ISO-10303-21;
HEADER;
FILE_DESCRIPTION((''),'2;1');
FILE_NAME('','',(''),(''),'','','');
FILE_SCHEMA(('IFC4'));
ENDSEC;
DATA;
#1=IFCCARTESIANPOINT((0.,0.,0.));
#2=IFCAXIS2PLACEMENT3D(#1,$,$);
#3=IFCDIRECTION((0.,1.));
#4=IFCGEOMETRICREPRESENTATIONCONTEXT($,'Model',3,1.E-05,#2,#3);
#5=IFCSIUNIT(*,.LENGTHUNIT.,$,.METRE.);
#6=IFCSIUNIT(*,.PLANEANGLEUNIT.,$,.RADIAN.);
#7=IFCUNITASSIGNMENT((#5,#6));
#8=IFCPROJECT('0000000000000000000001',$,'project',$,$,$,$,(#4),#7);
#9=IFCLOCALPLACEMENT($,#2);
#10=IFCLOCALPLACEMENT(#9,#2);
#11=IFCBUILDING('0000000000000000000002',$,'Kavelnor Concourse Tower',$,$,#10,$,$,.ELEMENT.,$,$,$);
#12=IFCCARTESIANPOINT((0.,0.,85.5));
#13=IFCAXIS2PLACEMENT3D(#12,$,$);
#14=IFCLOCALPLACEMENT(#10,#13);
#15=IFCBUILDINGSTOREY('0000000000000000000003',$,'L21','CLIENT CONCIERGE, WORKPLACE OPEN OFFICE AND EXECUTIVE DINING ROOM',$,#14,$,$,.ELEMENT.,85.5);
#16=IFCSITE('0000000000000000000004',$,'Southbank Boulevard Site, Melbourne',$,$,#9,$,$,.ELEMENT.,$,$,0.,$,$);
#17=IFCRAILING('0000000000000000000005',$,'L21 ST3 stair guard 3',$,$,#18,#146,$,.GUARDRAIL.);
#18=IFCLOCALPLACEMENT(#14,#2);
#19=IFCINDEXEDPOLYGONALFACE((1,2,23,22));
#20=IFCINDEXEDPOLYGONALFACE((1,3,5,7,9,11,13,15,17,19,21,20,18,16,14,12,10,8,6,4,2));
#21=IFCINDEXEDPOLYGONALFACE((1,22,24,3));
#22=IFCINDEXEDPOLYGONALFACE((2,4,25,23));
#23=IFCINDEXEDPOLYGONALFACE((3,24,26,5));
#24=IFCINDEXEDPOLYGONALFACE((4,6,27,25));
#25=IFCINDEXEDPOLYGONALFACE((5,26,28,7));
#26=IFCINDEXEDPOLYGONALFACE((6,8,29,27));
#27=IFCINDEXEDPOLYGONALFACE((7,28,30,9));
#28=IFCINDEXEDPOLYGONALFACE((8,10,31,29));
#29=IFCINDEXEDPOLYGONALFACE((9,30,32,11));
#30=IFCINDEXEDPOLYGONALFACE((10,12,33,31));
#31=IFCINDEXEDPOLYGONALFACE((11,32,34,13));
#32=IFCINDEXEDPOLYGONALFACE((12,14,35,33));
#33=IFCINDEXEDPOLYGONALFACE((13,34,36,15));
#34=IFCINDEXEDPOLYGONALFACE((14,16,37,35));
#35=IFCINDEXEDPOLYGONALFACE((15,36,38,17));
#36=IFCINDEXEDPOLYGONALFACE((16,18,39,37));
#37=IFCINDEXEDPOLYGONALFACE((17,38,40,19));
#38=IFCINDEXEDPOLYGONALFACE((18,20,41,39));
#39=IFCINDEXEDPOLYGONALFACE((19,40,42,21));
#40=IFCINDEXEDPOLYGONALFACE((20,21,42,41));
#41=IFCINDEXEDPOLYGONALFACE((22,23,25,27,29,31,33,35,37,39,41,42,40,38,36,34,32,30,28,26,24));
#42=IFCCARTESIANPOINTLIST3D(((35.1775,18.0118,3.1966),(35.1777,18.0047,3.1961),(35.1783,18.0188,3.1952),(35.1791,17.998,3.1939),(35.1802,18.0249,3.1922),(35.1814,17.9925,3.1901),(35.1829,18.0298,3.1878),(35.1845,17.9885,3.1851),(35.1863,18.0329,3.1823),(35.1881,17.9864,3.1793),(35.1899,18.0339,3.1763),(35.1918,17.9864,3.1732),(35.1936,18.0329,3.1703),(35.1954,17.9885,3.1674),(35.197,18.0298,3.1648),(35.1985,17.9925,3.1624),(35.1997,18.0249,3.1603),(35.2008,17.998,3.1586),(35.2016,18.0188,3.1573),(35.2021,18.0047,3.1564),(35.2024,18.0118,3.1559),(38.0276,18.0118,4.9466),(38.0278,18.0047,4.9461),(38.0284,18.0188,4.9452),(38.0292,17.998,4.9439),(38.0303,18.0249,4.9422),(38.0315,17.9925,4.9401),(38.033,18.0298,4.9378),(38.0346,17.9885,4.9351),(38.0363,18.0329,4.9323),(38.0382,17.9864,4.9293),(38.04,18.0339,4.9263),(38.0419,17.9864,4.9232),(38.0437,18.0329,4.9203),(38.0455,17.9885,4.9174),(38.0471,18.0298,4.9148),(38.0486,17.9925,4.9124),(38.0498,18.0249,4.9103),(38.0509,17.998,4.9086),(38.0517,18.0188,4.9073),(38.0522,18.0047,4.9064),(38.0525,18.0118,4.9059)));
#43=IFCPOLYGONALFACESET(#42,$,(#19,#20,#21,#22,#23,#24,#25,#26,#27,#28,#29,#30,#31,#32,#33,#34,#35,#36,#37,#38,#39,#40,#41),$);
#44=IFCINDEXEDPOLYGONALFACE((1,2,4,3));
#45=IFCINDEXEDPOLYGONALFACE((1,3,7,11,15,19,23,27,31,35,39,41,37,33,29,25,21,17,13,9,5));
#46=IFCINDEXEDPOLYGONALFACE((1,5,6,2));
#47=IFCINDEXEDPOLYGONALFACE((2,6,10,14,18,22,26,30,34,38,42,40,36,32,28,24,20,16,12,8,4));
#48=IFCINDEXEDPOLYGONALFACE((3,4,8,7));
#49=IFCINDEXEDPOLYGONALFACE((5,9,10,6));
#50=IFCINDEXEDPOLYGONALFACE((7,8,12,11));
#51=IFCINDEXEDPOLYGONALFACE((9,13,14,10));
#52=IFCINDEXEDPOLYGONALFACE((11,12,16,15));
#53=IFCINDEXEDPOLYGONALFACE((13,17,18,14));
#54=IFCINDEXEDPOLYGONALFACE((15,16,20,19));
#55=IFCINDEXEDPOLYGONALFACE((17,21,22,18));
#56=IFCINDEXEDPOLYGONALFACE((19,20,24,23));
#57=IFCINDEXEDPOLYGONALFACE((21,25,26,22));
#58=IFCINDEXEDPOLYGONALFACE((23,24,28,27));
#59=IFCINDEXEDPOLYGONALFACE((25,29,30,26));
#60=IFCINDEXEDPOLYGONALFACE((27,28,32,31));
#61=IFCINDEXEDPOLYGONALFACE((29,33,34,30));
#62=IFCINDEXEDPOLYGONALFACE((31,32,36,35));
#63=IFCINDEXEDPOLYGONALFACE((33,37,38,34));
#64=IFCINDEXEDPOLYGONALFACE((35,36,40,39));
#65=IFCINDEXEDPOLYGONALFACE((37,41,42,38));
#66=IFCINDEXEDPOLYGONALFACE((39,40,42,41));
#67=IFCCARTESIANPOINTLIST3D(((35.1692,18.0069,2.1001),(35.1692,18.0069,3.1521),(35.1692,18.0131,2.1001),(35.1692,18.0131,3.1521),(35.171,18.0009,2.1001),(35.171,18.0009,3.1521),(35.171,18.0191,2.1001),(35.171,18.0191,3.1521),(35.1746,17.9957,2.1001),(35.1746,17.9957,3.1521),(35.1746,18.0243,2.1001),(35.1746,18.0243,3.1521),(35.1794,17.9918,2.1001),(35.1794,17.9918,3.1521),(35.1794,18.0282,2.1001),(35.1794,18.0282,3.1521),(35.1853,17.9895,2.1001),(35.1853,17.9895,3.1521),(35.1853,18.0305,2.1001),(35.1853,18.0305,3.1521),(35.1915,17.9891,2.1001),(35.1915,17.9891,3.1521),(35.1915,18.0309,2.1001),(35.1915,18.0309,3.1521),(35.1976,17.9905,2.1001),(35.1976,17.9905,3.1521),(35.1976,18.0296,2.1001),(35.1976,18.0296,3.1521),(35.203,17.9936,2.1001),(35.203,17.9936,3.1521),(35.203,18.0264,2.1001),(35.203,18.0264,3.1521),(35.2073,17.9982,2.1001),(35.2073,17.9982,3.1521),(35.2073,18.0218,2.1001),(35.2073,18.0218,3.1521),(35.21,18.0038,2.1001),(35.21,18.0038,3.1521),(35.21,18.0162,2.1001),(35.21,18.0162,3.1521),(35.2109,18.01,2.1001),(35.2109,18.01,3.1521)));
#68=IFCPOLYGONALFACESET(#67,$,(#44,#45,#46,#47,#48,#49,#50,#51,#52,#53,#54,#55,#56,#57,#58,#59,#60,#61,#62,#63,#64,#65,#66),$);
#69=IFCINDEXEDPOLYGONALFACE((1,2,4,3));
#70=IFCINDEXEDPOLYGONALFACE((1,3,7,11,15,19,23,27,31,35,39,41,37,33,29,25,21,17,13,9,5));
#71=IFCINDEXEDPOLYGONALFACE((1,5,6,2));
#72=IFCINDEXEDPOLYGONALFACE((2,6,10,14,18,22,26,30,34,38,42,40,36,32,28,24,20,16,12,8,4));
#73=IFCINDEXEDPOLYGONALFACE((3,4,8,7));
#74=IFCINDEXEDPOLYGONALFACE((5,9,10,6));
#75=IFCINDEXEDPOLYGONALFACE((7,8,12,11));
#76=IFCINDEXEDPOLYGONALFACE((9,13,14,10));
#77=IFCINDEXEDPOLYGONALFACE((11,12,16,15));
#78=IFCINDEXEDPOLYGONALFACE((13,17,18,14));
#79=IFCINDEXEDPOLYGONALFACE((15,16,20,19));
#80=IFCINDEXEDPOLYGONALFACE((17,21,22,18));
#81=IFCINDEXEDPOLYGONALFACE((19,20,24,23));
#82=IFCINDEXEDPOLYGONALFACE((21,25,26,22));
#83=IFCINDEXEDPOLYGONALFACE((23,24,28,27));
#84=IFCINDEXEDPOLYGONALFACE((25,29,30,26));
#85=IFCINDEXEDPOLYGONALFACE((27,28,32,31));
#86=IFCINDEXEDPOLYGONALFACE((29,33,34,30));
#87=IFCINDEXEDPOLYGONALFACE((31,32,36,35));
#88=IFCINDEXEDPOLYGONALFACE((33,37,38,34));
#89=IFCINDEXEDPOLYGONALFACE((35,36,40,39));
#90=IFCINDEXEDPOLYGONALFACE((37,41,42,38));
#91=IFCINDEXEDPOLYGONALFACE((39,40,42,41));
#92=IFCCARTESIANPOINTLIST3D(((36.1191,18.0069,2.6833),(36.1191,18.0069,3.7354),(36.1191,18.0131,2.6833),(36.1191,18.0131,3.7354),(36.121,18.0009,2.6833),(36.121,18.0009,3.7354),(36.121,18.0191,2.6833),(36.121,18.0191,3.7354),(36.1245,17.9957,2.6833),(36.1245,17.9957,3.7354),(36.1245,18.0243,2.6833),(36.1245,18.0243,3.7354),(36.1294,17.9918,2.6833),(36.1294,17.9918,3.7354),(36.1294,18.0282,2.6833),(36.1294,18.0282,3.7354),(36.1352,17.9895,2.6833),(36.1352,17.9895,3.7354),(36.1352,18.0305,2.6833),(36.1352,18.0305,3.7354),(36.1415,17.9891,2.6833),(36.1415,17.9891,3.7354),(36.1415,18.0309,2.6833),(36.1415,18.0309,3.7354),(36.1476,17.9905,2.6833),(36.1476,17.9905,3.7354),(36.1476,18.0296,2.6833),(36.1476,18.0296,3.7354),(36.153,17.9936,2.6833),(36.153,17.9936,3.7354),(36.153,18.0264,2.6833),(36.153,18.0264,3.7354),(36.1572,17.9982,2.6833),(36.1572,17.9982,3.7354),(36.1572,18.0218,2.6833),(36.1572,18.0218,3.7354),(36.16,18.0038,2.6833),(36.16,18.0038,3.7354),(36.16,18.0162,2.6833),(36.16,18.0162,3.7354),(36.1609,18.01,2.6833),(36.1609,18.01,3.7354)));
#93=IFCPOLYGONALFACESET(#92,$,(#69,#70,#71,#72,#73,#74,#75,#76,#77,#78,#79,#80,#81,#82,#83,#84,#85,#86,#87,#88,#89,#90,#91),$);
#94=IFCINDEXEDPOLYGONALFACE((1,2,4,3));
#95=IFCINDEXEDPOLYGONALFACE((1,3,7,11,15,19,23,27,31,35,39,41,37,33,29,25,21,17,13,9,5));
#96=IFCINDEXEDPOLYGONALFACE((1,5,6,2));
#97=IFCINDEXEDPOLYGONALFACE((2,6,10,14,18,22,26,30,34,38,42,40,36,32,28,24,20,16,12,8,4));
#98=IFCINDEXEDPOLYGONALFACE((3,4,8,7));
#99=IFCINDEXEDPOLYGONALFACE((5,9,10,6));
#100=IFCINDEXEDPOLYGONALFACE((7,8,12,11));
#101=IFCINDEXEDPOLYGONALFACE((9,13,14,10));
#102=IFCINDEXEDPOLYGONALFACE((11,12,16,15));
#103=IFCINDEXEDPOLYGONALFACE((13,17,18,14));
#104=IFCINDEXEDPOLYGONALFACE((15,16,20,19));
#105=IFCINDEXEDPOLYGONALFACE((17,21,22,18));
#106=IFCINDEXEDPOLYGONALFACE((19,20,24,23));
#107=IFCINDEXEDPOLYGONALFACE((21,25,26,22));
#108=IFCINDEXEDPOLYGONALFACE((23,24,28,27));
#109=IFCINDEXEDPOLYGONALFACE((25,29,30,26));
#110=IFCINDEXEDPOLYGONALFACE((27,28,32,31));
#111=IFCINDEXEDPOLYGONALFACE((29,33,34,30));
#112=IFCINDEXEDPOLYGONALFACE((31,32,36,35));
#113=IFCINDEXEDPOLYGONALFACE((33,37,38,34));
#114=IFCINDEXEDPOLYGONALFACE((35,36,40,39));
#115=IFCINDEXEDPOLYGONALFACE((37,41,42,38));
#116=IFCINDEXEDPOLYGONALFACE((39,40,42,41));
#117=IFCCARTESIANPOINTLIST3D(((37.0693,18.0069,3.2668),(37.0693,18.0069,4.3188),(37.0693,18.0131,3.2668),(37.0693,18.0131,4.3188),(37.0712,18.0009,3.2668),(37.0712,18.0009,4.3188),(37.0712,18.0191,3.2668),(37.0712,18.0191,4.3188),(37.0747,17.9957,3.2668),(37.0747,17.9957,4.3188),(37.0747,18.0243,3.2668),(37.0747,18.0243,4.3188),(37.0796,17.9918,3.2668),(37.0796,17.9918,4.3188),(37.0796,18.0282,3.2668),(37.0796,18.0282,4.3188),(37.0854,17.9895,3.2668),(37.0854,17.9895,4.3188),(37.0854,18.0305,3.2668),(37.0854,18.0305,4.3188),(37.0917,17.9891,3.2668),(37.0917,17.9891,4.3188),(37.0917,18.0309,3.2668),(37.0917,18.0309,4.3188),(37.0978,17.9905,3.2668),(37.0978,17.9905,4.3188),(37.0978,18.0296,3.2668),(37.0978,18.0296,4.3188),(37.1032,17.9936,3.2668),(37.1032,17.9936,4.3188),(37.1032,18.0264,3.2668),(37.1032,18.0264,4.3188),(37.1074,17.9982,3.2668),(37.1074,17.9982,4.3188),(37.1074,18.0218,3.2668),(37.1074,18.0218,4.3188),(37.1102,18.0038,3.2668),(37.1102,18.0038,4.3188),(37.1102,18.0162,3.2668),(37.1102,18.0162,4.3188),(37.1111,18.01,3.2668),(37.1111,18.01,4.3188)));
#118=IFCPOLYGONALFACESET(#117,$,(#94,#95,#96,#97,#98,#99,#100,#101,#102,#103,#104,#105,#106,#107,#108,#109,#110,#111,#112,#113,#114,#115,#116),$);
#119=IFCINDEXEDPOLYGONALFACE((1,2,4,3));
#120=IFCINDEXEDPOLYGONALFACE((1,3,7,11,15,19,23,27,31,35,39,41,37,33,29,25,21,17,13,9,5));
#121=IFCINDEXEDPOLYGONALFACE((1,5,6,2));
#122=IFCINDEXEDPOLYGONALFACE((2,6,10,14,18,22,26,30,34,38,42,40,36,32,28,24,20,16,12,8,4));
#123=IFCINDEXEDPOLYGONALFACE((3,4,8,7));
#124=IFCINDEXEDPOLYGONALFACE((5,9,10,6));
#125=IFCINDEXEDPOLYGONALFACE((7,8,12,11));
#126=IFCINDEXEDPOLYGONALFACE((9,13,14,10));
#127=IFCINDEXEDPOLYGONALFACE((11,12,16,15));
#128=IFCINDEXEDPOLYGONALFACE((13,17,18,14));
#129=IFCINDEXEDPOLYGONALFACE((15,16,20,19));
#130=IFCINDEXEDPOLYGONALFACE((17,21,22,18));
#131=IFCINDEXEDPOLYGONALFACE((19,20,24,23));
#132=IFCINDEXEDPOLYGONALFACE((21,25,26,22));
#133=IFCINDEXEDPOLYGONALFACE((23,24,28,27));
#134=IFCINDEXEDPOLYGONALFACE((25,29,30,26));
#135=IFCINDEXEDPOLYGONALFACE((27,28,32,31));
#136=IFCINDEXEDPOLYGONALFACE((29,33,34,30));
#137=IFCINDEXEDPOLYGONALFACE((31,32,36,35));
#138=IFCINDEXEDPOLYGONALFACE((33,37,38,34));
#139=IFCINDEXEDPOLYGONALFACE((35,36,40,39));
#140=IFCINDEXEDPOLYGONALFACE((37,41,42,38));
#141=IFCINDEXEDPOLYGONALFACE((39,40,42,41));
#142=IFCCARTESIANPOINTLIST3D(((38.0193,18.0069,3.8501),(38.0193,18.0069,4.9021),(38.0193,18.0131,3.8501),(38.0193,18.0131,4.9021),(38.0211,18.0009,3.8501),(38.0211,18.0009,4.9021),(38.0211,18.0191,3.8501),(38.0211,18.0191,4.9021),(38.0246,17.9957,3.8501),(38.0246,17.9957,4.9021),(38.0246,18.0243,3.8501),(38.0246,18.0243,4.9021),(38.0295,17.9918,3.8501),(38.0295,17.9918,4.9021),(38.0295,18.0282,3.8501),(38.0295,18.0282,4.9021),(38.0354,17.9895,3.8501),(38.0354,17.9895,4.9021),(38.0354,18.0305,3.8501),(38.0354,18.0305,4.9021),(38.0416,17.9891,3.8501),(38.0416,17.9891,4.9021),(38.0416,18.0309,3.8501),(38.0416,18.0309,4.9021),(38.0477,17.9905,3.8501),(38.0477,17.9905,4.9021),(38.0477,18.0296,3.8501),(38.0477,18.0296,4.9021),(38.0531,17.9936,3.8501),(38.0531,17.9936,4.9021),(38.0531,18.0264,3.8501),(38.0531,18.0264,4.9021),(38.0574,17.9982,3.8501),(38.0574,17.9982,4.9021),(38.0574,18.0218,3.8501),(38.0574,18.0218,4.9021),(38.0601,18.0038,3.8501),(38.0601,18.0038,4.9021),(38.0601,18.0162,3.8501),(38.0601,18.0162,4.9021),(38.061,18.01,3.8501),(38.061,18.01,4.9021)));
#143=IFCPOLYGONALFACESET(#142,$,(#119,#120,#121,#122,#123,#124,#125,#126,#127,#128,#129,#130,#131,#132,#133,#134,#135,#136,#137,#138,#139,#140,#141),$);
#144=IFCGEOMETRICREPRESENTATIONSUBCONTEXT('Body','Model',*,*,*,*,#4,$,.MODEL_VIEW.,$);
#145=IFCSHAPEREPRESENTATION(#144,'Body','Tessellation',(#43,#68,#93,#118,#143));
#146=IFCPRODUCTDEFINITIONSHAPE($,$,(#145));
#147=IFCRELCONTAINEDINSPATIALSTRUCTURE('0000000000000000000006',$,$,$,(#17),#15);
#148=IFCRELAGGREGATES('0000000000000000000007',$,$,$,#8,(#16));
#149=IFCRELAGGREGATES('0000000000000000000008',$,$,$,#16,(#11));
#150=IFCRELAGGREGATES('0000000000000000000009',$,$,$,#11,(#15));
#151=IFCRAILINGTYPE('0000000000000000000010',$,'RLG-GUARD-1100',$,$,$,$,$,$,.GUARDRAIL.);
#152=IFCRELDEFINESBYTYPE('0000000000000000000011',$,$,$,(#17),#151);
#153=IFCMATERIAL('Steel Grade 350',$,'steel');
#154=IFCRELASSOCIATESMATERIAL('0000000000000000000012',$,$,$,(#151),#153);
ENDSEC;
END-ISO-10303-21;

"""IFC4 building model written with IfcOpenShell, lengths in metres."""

from ifc_helpers import new_model, si_unit, direction, frame, origin, origin_2d, place, context, subcontext, project, spatial, circle, extrude, material, type_object, element, save


model = new_model("IFC4")

# Units and contexts
model_context = context("Model", 3, precision=1e-05, world=origin(), true_north=direction((0.0, 1.0)))
body_context = subcontext(model_context, "Body", "Model", "MODEL_VIEW")
ifc_project = project(units=[si_unit("LENGTHUNIT", "METRE"), si_unit("PLANEANGLEUNIT", "RADIAN")], contexts=[model_context])

# Site, building, storey
site_placement = place(None, origin())
site = spatial("IfcSite", under=ifc_project, at=site_placement, Name="Southbank Boulevard Site, Melbourne", CompositionType="ELEMENT", RefElevation=0.0)
building_placement = place(site_placement, origin())
building = spatial("IfcBuilding", under=site, at=building_placement, Name="Kavelnor Concourse Tower", CompositionType="ELEMENT")
storey_placement = place(building_placement, frame((0.0, 0.0, 85.5)))
storey = spatial("IfcBuildingStorey", under=building, at=storey_placement, Name="L21", Description="CLIENT CONCIERGE, WORKPLACE OPEN OFFICE AND EXECUTIVE DINING ROOM", CompositionType="ELEMENT", Elevation=85.5)

# Shared definitions
ifc_material_1 = material(Name="Steel Grade 350", Category="steel")

# Railing
railing_type_1 = type_object("IfcRailingType", Name="RLG-GUARD-1100", PredefinedType="GUARDRAIL", material=ifc_material_1)
railing_1_placement = place(storey_placement, frame((35.1899, 18.01, 2.1001)))
element("IfcRailing", 1, at=railing_1_placement, inside=storey, type_object=railing_type_1, Name="L21 ST3 stair guard 3", PredefinedType="GUARDRAIL", context=body_context, shape_type="SweptSolid", body=[
    extrude(circle(Radius=0.0239, at=origin_2d()), frame((0.0, 0.0, 1.0762), z_axis=(0.852179, 0.0, 0.52325), x_axis=(0.0, 1.0, 0.0)), (0.0, 0.0, 1.0), 3.3445),
    extrude(circle(Radius=0.021, at=origin_2d()), origin(), (0.0, 0.0, 1.0), 1.052),
    extrude(circle(Radius=0.021, at=origin_2d()), frame((0.95, 0.0, 0.5833)), (0.0, 0.0, 1.0), 1.052),
    extrude(circle(Radius=0.021, at=origin_2d()), frame((1.9001, 0.0, 1.1667)), (0.0, 0.0, 1.0), 1.052),
    extrude(circle(Radius=0.021, at=origin_2d()), frame((2.8501, 0.0, 1.75)), (0.0, 0.0, 1.0), 1.052),
])

save(model, "model.ifc")
